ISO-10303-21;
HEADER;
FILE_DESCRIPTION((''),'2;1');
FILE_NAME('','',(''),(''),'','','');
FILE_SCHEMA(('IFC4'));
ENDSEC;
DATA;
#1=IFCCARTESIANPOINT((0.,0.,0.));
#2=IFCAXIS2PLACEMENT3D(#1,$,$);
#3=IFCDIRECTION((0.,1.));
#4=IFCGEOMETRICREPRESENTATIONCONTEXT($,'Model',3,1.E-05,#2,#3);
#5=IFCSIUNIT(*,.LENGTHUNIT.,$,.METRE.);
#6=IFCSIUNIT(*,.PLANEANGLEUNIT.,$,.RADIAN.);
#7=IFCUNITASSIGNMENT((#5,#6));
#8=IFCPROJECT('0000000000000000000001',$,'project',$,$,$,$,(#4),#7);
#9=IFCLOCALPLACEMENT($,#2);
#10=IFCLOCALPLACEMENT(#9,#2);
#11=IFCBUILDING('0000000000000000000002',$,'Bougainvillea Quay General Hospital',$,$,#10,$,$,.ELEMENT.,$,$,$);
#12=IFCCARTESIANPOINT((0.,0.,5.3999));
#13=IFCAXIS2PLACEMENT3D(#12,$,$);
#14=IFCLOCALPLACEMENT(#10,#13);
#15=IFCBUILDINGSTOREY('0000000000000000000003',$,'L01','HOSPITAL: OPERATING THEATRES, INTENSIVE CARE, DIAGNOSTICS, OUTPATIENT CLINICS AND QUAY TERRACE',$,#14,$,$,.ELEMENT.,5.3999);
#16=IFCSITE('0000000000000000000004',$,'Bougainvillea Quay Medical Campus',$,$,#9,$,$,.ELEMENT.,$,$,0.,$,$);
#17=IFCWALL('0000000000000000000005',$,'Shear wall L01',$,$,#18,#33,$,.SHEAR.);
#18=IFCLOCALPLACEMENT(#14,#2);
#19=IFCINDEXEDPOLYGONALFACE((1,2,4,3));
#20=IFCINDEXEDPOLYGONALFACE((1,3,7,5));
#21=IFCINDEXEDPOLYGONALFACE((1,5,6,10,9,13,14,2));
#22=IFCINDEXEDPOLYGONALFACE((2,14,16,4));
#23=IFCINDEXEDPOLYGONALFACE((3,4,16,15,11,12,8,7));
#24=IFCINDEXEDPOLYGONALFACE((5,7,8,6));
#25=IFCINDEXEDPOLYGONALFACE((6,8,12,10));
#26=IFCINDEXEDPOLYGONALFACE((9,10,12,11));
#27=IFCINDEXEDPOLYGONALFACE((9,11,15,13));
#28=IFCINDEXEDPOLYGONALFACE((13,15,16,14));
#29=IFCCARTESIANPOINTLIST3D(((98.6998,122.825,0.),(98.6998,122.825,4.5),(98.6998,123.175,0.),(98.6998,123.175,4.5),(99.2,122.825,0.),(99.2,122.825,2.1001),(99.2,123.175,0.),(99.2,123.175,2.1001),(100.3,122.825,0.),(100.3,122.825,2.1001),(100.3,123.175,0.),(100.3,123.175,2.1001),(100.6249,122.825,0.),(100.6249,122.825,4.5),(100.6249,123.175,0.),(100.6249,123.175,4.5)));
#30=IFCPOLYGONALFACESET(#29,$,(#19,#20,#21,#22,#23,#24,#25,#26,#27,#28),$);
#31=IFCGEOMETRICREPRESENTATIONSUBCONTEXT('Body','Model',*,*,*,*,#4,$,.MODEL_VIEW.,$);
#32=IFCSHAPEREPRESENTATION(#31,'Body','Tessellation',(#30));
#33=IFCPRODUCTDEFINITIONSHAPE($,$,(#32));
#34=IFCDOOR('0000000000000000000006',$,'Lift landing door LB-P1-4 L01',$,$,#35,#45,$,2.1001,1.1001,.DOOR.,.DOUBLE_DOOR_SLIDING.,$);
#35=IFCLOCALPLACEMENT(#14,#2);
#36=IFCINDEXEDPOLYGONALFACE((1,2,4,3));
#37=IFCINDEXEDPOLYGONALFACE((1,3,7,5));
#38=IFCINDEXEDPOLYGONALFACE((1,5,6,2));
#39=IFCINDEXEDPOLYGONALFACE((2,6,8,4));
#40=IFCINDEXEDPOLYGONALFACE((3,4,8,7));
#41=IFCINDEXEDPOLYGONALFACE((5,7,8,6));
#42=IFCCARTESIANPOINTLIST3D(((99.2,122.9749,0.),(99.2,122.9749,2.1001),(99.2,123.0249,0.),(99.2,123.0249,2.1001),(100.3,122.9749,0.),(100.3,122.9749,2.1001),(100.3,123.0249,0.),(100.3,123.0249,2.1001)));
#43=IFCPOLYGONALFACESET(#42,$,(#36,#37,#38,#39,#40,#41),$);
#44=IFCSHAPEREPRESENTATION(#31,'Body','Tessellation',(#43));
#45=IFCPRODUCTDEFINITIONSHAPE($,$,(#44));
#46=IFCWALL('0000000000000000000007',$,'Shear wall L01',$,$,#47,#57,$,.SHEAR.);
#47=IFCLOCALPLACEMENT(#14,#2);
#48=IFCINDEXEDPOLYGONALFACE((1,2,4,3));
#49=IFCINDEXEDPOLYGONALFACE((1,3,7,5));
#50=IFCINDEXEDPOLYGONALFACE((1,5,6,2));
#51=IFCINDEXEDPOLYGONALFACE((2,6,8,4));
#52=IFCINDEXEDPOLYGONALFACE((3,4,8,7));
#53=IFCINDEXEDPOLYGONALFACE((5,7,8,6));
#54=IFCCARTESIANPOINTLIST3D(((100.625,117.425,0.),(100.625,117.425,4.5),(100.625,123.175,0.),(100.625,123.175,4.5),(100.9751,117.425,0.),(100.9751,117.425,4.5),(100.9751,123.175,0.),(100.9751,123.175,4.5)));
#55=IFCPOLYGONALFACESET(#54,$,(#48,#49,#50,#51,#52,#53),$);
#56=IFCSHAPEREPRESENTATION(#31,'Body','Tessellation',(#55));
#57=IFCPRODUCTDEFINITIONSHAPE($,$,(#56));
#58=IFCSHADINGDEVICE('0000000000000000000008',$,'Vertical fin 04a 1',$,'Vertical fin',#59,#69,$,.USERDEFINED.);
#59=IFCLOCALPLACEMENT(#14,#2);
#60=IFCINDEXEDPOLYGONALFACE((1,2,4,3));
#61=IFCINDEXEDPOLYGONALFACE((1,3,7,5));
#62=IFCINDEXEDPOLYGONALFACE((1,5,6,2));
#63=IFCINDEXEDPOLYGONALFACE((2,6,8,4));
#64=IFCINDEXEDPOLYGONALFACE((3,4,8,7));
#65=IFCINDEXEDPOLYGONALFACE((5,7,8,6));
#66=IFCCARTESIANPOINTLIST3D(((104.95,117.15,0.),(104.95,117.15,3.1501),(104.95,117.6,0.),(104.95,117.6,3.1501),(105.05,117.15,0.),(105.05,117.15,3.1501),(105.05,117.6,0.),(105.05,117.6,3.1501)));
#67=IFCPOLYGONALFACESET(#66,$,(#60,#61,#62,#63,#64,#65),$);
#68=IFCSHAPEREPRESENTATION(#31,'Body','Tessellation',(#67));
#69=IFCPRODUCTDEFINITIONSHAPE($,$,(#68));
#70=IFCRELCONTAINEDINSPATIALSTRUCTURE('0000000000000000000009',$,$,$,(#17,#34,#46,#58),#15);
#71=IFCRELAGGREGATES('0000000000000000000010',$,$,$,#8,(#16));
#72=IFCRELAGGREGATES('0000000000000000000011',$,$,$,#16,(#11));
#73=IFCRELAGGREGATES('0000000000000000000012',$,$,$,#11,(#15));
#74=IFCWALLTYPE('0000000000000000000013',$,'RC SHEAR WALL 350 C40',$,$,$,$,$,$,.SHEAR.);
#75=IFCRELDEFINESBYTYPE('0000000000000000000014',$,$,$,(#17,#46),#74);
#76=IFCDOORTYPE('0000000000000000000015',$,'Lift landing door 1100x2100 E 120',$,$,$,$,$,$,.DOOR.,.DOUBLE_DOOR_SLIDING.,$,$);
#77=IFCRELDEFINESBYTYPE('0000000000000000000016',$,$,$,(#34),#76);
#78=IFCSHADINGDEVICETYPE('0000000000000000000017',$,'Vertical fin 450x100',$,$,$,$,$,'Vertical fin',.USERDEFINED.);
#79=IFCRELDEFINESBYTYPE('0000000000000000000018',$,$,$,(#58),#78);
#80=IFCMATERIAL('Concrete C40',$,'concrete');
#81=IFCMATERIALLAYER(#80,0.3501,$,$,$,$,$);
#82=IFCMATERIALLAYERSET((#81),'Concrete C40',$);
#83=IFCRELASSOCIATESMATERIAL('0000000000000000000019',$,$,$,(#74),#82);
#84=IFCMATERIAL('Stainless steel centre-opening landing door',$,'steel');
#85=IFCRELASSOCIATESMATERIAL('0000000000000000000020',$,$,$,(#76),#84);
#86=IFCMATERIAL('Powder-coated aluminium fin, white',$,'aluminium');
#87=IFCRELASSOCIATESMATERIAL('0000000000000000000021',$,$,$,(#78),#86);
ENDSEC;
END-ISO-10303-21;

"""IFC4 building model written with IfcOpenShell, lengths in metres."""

from ifc_helpers import new_model, si_unit, direction, frame, frame_2d, origin, origin_2d, place, context, subcontext, project, spatial, rectangle, extrude, material, layer, layer_set, material_profile, profile_set, type_object, element, fill, save


model = new_model("IFC4")

# Units and contexts
model_context = context("Model", 3, precision=1e-05, world=origin(), true_north=direction((0.0, 1.0)))
body_context = subcontext(model_context, "Body", "Model", "MODEL_VIEW")
ifc_project = project(units=[si_unit("LENGTHUNIT", "METRE"), si_unit("PLANEANGLEUNIT", "RADIAN")], contexts=[model_context])

# Site, building, storey
site_placement = place(None, origin())
site = spatial("IfcSite", under=ifc_project, at=site_placement, Name="Bougainvillea Quay Medical Campus", CompositionType="ELEMENT", RefElevation=0.0)
building_placement = place(site_placement, origin())
building = spatial("IfcBuilding", under=site, at=building_placement, Name="Bougainvillea Quay General Hospital", CompositionType="ELEMENT")
storey_placement = place(building_placement, frame((0.0, 0.0, 5.3999)))
storey = spatial("IfcBuildingStorey", under=building, at=storey_placement, Name="L01", Description="HOSPITAL: OPERATING THEATRES, INTENSIVE CARE, DIAGNOSTICS, OUTPATIENT CLINICS AND QUAY TERRACE", CompositionType="ELEMENT", Elevation=5.3999)

# Shared definitions
ifc_material_1 = material(Name="Concrete C40", Category="concrete")

# Shared definitions
ifc_layer_1 = layer(ifc_material_1, 0.3501)
ifc_layer_set_1 = layer_set([ifc_layer_1], Name="Concrete C40")
wall_type_1 = type_object("IfcWallType", Name="RC SHEAR WALL 350 C40", PredefinedType="SHEAR", material=ifc_layer_set_1)

# Wall, opening, door
wall_1_placement = place(storey_placement, frame((98.7, 123.0, 0.0), z_axis=(0.0, 0.0, 1.0), x_axis=(1.0, 0.0, 0.0)))
wall_1 = element("IfcWall", 1, at=wall_1_placement, inside=storey, type_object=wall_type_1, Name="Shear wall L01", PredefinedType="SHEAR", context=body_context, shape_type="SweptSolid", body=[
    extrude(rectangle(XDim=1.925, YDim=0.3501, at=frame_2d((0.9624, 0.0))), origin(), (0.0, 0.0, 1.0), 4.5),
])
opening_1_placement = place(wall_1_placement, frame((0.5, 0.0, 0.0)))
opening_1 = element("IfcOpeningElement", 2, at=opening_1_placement, cuts=wall_1, PredefinedType="OPENING", context=body_context, shape_type="SweptSolid", body=[
    extrude(rectangle(XDim=1.1001, YDim=2.1001, at=frame_2d((0.55, 1.05))), frame((0.0, 0.1851, 0.0), z_axis=(0.0, -1.0, 0.0), x_axis=(1.0, 0.0, 0.0)), (0.0, 0.0, 1.0), 0.3701),
])
ifc_material_2 = material(Name="Stainless steel centre-opening landing door", Category="steel")
door_type_1 = type_object("IfcDoorType", Name="Lift landing door 1100x2100 E 120", OperationType="DOUBLE_DOOR_SLIDING", PredefinedType="DOOR", material=ifc_material_2)
door_1_placement = place(opening_1_placement, origin())
door_1 = element("IfcDoor", 3, at=door_1_placement, inside=storey, type_object=door_type_1, Name="Lift landing door LB-P1-4 L01", OperationType="DOUBLE_DOOR_SLIDING", OverallHeight=2.1001, OverallWidth=1.1001, PredefinedType="DOOR", context=body_context, shape_type="SweptSolid", body=[
    extrude(rectangle(XDim=1.1001, YDim=2.1001, at=frame_2d((0.55, 1.05))), frame((0.0, 0.0249, 0.0), z_axis=(0.0, -1.0, 0.0), x_axis=(1.0, 0.0, 0.0)), (0.0, 0.0, 1.0), 0.05),
])
fill(opening_1, door_1)

# Wall
wall_2_placement = place(storey_placement, frame((100.8, 117.425, 0.0), z_axis=(0.0, 0.0, 1.0), x_axis=(0.0, 1.0, 0.0)))
element("IfcWall", 4, at=wall_2_placement, inside=storey, type_object=wall_type_1, Name="Shear wall L01", PredefinedType="SHEAR", context=body_context, shape_type="SweptSolid", body=[
    extrude(rectangle(XDim=5.75, YDim=0.3501, at=frame_2d((2.875, 0.0))), origin(), (0.0, 0.0, 1.0), 4.5),
])

# Shading device
ifc_material_3 = material(Name="Powder-coated aluminium fin, white", Category="aluminium")
ifc_material_profile_1 = material_profile(ifc_material_3, rectangle(XDim=0.45, YDim=0.1001, at=origin_2d()))
ifc_profile_set_1 = profile_set([ifc_material_profile_1], Name="Powder-coated aluminium fin, white")
shading_device_type = type_object("IfcShadingDeviceType", Name="Vertical fin 450x100", ElementType="Vertical fin", PredefinedType="USERDEFINED", material=ifc_profile_set_1)
shading_device_placement = place(storey_placement, frame((105.0, 117.375, 0.0), z_axis=(0.0, 0.0, 1.0), x_axis=(0.0, -1.0, 0.0)))
element("IfcShadingDevice", 5, at=shading_device_placement, inside=storey, type_object=shading_device_type, Name="Vertical fin 04a 1", ObjectType="Vertical fin", PredefinedType="USERDEFINED", context=body_context, shape_type="SweptSolid", body=[
    extrude(rectangle(XDim=0.45, YDim=0.1001, at=origin_2d()), origin(), (0.0, 0.0, 1.0), 3.1501),
])

save(model, "model.ifc")
